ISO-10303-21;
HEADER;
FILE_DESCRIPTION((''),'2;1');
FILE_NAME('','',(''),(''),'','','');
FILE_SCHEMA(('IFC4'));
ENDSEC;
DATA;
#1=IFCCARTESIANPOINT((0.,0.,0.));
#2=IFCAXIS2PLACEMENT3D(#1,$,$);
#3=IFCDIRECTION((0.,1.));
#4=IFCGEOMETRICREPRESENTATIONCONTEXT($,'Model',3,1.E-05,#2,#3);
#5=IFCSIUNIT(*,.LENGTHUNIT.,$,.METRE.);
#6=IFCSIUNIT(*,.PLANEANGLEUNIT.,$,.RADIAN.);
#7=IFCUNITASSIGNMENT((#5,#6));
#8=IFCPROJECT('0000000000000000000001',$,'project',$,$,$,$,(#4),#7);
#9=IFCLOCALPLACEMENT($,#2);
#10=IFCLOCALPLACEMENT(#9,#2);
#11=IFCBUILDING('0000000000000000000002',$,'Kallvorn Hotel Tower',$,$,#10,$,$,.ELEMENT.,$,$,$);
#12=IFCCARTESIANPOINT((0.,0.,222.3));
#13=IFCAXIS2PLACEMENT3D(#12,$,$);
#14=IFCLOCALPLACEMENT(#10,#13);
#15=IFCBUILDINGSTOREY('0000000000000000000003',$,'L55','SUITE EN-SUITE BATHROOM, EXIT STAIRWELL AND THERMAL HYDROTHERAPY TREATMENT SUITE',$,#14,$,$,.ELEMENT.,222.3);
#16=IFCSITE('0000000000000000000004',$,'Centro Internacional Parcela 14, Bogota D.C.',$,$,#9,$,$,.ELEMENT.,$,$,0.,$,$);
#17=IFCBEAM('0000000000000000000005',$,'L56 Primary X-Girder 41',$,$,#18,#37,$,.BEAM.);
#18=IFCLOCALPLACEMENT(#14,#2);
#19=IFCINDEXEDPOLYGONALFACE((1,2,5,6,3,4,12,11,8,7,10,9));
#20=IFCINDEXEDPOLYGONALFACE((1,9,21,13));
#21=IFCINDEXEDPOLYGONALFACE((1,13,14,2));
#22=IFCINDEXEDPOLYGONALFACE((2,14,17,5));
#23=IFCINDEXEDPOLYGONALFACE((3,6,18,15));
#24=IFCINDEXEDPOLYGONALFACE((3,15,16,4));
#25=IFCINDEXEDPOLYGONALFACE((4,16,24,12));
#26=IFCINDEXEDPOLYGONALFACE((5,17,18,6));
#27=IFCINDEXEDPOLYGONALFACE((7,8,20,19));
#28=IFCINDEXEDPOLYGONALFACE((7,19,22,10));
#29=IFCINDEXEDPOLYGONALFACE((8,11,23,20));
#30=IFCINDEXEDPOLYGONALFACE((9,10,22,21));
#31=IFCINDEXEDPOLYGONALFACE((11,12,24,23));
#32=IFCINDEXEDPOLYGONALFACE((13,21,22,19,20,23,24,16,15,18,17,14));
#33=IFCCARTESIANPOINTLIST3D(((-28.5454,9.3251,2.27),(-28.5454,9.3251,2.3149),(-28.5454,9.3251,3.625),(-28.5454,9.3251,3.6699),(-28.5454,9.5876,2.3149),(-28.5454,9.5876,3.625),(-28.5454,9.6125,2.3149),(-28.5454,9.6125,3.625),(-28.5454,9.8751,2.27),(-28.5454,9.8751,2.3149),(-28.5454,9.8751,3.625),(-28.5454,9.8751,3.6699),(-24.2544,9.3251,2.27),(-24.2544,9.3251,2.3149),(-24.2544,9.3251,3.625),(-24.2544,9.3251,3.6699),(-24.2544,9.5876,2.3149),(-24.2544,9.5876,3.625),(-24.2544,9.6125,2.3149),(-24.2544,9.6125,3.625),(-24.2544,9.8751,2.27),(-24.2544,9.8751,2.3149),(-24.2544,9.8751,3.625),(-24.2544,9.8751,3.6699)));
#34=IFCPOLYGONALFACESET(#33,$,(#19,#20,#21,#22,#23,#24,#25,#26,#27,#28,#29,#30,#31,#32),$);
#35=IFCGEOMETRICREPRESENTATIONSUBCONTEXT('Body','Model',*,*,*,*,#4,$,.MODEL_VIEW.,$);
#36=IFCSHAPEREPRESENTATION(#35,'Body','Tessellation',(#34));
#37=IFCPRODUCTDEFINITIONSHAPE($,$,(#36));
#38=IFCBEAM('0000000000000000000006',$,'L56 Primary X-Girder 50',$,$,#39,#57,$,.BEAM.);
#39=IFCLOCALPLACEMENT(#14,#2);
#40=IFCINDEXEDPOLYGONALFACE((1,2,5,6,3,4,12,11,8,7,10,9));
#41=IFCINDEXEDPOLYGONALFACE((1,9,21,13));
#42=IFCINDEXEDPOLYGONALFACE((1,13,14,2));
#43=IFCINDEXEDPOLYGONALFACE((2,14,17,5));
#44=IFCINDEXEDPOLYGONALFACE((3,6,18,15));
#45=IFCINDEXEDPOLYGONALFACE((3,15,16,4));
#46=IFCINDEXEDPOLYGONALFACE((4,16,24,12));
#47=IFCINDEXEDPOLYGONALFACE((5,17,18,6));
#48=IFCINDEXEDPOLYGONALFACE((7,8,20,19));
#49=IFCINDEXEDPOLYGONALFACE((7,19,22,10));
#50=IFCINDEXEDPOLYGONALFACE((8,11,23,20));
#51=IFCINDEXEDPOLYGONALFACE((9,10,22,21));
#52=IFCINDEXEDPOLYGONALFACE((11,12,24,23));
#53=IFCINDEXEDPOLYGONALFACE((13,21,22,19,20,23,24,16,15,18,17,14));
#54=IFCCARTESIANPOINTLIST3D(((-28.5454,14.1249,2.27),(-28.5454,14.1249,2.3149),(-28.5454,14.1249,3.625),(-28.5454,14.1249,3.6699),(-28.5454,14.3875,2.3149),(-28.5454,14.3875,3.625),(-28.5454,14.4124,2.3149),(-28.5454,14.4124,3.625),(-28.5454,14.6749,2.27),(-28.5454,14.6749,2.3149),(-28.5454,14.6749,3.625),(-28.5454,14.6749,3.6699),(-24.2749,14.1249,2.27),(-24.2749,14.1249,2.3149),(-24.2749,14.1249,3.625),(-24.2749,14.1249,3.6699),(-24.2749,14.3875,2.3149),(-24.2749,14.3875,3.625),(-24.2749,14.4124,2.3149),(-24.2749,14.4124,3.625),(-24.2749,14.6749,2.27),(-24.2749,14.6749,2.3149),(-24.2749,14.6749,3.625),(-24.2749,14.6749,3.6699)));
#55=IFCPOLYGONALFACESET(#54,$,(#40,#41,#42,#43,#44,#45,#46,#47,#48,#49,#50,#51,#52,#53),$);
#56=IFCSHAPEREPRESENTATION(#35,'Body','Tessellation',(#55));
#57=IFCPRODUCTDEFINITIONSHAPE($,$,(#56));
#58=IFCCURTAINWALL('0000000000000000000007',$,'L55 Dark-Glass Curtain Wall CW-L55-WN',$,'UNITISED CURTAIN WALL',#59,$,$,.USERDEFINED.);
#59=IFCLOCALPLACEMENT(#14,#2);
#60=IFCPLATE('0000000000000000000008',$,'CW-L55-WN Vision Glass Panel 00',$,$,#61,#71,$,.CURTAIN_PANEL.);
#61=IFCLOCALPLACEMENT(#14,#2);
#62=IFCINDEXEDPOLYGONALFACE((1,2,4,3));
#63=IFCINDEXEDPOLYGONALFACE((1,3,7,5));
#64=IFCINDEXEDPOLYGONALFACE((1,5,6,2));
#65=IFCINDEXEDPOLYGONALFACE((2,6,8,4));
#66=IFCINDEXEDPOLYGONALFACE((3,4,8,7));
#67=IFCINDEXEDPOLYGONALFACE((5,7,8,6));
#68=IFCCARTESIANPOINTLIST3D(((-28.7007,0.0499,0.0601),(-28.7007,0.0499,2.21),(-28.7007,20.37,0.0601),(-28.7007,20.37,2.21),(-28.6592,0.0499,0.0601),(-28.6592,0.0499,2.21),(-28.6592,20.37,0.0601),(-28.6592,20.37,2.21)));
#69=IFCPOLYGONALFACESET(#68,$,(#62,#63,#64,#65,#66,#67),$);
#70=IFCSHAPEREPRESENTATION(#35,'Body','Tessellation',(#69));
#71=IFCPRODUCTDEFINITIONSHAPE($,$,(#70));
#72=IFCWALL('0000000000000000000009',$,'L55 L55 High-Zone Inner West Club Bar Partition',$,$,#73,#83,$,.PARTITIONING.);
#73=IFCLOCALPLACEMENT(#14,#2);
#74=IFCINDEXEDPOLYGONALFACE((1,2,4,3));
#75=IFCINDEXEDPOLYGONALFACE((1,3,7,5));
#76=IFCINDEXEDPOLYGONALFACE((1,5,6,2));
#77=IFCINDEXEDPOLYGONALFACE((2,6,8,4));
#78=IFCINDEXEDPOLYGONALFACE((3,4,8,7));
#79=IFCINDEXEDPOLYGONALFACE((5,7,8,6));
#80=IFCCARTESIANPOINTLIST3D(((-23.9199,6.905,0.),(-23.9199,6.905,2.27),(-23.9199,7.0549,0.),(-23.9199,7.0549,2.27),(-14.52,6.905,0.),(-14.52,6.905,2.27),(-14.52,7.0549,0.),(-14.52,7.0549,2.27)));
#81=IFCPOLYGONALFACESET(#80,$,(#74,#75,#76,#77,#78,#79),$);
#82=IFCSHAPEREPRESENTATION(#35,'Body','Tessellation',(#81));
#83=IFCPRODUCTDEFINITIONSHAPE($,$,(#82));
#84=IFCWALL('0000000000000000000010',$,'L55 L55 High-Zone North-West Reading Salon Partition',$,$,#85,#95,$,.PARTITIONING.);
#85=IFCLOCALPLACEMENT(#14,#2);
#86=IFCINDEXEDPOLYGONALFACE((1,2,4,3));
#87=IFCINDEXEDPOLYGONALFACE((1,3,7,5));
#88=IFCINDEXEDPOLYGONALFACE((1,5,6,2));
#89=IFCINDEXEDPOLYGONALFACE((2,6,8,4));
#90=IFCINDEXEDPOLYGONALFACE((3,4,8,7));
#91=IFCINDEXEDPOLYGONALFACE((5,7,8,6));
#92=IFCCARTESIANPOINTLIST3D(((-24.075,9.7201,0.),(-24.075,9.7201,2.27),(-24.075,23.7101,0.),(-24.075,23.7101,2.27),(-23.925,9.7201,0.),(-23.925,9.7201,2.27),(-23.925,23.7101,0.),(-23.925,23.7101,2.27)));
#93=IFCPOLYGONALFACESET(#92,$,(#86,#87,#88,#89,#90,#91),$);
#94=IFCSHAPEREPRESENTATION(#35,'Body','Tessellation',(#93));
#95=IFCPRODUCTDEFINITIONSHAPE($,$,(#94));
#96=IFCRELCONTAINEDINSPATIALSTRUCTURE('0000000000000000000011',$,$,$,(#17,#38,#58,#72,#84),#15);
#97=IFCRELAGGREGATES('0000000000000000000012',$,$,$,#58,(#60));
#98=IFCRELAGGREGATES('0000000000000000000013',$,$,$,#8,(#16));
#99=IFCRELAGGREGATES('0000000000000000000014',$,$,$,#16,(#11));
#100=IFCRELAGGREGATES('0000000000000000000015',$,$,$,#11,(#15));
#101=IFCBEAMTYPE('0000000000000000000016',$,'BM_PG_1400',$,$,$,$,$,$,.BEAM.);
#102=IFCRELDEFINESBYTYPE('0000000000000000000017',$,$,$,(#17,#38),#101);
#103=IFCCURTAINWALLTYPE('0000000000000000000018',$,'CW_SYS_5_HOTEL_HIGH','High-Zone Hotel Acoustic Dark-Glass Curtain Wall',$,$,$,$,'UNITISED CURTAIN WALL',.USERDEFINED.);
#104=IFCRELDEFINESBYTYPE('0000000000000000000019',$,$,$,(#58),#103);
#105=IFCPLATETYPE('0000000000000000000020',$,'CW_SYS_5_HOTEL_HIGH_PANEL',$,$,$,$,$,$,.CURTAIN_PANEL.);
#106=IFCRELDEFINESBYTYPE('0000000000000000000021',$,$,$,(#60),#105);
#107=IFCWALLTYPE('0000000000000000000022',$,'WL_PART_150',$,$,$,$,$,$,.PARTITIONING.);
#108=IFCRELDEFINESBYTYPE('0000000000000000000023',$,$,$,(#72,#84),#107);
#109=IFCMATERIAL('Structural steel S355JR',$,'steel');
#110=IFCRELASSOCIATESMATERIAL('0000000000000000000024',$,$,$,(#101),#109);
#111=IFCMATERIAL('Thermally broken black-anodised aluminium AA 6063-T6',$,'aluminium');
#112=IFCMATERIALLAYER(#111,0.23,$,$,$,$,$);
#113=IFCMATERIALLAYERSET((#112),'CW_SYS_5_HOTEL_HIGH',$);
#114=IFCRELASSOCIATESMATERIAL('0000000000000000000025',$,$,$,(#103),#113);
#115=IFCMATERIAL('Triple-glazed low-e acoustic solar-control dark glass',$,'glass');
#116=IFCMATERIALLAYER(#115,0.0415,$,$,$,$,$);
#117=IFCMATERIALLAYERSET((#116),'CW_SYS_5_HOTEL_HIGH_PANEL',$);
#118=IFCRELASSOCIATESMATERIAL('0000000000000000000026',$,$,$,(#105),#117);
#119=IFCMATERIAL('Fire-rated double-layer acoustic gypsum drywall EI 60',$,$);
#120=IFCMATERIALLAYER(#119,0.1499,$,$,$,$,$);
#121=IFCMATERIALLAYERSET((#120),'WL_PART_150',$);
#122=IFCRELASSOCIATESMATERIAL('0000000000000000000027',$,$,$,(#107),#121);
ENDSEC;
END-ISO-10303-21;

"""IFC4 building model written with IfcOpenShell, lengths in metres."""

from ifc_helpers import new_model, si_unit, direction, frame, frame_2d, origin, origin_2d, place, context, subcontext, project, spatial, rectangle, i_section, extrude, material, layer, layer_set, material_profile, profile_set, type_object, element, aggregate, save


model = new_model("IFC4")

# Units and contexts
model_context = context("Model", 3, precision=1e-05, world=origin(), true_north=direction((0.0, 1.0)))
body_context = subcontext(model_context, "Body", "Model", "MODEL_VIEW")
ifc_project = project(units=[si_unit("LENGTHUNIT", "METRE"), si_unit("PLANEANGLEUNIT", "RADIAN")], contexts=[model_context])

# Site, building, storey
site_placement = place(None, origin())
site = spatial("IfcSite", under=ifc_project, at=site_placement, Name="Centro Internacional Parcela 14, Bogota D.C.", CompositionType="ELEMENT", RefElevation=0.0)
building_placement = place(site_placement, origin())
building = spatial("IfcBuilding", under=site, at=building_placement, Name="Kallvorn Hotel Tower", CompositionType="ELEMENT")
storey_placement = place(building_placement, frame((0.0, 0.0, 222.3)))
storey = spatial("IfcBuildingStorey", under=building, at=storey_placement, Name="L55", Description="SUITE EN-SUITE BATHROOM, EXIT STAIRWELL AND THERMAL HYDROTHERAPY TREATMENT SUITE", CompositionType="ELEMENT", Elevation=222.3)

# Beams
ifc_material_1 = material(Name="Structural steel S355JR", Category="steel")
ifc_material_profile_1 = material_profile(ifc_material_1, i_section(OverallWidth=0.55, OverallDepth=1.3999, WebThickness=0.0249, FlangeThickness=0.0449, at=origin_2d()), Name="PG 1400x550x25x45")
ifc_profile_set_1 = profile_set([ifc_material_profile_1], Name="Structural steel S355JR")
beam_type_1 = type_object("IfcBeamType", Name="BM_PG_1400", PredefinedType="BEAM", material=ifc_profile_set_1)
beam_1_placement = place(storey_placement, frame((-28.5454, 9.6001, 2.97), z_axis=(1.0, 0.0, 0.0), x_axis=(0.0, 1.0, 0.0)))
element("IfcBeam", 1, at=beam_1_placement, inside=storey, type_object=beam_type_1, Name="L56 Primary X-Girder 41", PredefinedType="BEAM", context=body_context, shape_type="SweptSolid", body=[
    extrude(i_section(OverallWidth=0.55, OverallDepth=1.3999, WebThickness=0.0249, FlangeThickness=0.0449, at=origin_2d()), origin(), (0.0, 0.0, 1.0), 4.291),
])
beam_2_placement = place(storey_placement, frame((-28.5454, 14.3999, 2.97), z_axis=(1.0, 0.0, 0.0), x_axis=(0.0, 1.0, 0.0)))
element("IfcBeam", 2, at=beam_2_placement, inside=storey, type_object=beam_type_1, Name="L56 Primary X-Girder 50", PredefinedType="BEAM", context=body_context, shape_type="SweptSolid", body=[
    extrude(i_section(OverallWidth=0.55, OverallDepth=1.3999, WebThickness=0.0249, FlangeThickness=0.0449, at=origin_2d()), origin(), (0.0, 0.0, 1.0), 4.2705),
])

# Curtain wall, plate
ifc_material_2 = material(Name="Thermally broken black-anodised aluminium AA 6063-T6", Category="aluminium")
ifc_layer_1 = layer(ifc_material_2, 0.23)
ifc_layer_set_1 = layer_set([ifc_layer_1], Name="CW_SYS_5_HOTEL_HIGH")
curtain_wall_type = type_object("IfcCurtainWallType", Name="CW_SYS_5_HOTEL_HIGH", Description="High-Zone Hotel Acoustic Dark-Glass Curtain Wall", ElementType="UNITISED CURTAIN WALL", PredefinedType="USERDEFINED", material=ifc_layer_set_1)
curtain_wall_placement = place(storey_placement, origin())
curtain_wall = element("IfcCurtainWall", 3, at=curtain_wall_placement, inside=storey, type_object=curtain_wall_type, Name="L55 Dark-Glass Curtain Wall CW-L55-WN", ObjectType="UNITISED CURTAIN WALL", PredefinedType="USERDEFINED")
ifc_material_3 = material(Name="Triple-glazed low-e acoustic solar-control dark glass", Category="glass")
ifc_layer_2 = layer(ifc_material_3, 0.0415)
ifc_layer_set_2 = layer_set([ifc_layer_2], Name="CW_SYS_5_HOTEL_HIGH_PANEL")
plate_type = type_object("IfcPlateType", Name="CW_SYS_5_HOTEL_HIGH_PANEL", PredefinedType="CURTAIN_PANEL", material=ifc_layer_set_2)
plate_placement = place(storey_placement, frame((-28.6799, 10.21, 0.0601), z_axis=(0.0, 0.0, 1.0), x_axis=(0.0, 1.0, 0.0)))
plate = element("IfcPlate", 4, at=plate_placement, type_object=plate_type, Name="CW-L55-WN Vision Glass Panel 00", PredefinedType="CURTAIN_PANEL", context=body_context, shape_type="SweptSolid", body=[
    extrude(rectangle(XDim=20.3201, YDim=0.0415, at=origin_2d()), origin(), (0.0, 0.0, 1.0), 2.1499),
])
aggregate(curtain_wall, [plate])

# Walls
ifc_material_4 = material(Name="Fire-rated double-layer acoustic gypsum drywall EI 60")
ifc_layer_3 = layer(ifc_material_4, 0.1499)
ifc_layer_set_3 = layer_set([ifc_layer_3], Name="WL_PART_150")
wall_type = type_object("IfcWallType", Name="WL_PART_150", PredefinedType="PARTITIONING", material=ifc_layer_set_3)
wall_1_placement = place(storey_placement, frame((-23.9199, 6.98, 0.0), z_axis=(0.0, 0.0, 1.0), x_axis=(1.0, 0.0, 0.0)))
element("IfcWall", 5, at=wall_1_placement, inside=storey, type_object=wall_type, Name="L55 L55 High-Zone Inner West Club Bar Partition", PredefinedType="PARTITIONING", context=body_context, shape_type="SweptSolid", body=[
    extrude(rectangle(XDim=9.3999, YDim=0.1499, at=frame_2d((4.7, 0.0))), origin(), (0.0, 0.0, 1.0), 2.27),
])
wall_2_placement = place(storey_placement, frame((-24.0, 9.72, 0.0), z_axis=(0.0, 0.0, 1.0), x_axis=(0.0, 1.0, 0.0)))
element("IfcWall", 6, at=wall_2_placement, inside=storey, type_object=wall_type, Name="L55 L55 High-Zone North-West Reading Salon Partition", PredefinedType="PARTITIONING", context=body_context, shape_type="SweptSolid", body=[
    extrude(rectangle(XDim=13.99, YDim=0.1499, at=frame_2d((6.9951, 0.0))), origin(), (0.0, 0.0, 1.0), 2.27),
])

save(model, "model.ifc")
